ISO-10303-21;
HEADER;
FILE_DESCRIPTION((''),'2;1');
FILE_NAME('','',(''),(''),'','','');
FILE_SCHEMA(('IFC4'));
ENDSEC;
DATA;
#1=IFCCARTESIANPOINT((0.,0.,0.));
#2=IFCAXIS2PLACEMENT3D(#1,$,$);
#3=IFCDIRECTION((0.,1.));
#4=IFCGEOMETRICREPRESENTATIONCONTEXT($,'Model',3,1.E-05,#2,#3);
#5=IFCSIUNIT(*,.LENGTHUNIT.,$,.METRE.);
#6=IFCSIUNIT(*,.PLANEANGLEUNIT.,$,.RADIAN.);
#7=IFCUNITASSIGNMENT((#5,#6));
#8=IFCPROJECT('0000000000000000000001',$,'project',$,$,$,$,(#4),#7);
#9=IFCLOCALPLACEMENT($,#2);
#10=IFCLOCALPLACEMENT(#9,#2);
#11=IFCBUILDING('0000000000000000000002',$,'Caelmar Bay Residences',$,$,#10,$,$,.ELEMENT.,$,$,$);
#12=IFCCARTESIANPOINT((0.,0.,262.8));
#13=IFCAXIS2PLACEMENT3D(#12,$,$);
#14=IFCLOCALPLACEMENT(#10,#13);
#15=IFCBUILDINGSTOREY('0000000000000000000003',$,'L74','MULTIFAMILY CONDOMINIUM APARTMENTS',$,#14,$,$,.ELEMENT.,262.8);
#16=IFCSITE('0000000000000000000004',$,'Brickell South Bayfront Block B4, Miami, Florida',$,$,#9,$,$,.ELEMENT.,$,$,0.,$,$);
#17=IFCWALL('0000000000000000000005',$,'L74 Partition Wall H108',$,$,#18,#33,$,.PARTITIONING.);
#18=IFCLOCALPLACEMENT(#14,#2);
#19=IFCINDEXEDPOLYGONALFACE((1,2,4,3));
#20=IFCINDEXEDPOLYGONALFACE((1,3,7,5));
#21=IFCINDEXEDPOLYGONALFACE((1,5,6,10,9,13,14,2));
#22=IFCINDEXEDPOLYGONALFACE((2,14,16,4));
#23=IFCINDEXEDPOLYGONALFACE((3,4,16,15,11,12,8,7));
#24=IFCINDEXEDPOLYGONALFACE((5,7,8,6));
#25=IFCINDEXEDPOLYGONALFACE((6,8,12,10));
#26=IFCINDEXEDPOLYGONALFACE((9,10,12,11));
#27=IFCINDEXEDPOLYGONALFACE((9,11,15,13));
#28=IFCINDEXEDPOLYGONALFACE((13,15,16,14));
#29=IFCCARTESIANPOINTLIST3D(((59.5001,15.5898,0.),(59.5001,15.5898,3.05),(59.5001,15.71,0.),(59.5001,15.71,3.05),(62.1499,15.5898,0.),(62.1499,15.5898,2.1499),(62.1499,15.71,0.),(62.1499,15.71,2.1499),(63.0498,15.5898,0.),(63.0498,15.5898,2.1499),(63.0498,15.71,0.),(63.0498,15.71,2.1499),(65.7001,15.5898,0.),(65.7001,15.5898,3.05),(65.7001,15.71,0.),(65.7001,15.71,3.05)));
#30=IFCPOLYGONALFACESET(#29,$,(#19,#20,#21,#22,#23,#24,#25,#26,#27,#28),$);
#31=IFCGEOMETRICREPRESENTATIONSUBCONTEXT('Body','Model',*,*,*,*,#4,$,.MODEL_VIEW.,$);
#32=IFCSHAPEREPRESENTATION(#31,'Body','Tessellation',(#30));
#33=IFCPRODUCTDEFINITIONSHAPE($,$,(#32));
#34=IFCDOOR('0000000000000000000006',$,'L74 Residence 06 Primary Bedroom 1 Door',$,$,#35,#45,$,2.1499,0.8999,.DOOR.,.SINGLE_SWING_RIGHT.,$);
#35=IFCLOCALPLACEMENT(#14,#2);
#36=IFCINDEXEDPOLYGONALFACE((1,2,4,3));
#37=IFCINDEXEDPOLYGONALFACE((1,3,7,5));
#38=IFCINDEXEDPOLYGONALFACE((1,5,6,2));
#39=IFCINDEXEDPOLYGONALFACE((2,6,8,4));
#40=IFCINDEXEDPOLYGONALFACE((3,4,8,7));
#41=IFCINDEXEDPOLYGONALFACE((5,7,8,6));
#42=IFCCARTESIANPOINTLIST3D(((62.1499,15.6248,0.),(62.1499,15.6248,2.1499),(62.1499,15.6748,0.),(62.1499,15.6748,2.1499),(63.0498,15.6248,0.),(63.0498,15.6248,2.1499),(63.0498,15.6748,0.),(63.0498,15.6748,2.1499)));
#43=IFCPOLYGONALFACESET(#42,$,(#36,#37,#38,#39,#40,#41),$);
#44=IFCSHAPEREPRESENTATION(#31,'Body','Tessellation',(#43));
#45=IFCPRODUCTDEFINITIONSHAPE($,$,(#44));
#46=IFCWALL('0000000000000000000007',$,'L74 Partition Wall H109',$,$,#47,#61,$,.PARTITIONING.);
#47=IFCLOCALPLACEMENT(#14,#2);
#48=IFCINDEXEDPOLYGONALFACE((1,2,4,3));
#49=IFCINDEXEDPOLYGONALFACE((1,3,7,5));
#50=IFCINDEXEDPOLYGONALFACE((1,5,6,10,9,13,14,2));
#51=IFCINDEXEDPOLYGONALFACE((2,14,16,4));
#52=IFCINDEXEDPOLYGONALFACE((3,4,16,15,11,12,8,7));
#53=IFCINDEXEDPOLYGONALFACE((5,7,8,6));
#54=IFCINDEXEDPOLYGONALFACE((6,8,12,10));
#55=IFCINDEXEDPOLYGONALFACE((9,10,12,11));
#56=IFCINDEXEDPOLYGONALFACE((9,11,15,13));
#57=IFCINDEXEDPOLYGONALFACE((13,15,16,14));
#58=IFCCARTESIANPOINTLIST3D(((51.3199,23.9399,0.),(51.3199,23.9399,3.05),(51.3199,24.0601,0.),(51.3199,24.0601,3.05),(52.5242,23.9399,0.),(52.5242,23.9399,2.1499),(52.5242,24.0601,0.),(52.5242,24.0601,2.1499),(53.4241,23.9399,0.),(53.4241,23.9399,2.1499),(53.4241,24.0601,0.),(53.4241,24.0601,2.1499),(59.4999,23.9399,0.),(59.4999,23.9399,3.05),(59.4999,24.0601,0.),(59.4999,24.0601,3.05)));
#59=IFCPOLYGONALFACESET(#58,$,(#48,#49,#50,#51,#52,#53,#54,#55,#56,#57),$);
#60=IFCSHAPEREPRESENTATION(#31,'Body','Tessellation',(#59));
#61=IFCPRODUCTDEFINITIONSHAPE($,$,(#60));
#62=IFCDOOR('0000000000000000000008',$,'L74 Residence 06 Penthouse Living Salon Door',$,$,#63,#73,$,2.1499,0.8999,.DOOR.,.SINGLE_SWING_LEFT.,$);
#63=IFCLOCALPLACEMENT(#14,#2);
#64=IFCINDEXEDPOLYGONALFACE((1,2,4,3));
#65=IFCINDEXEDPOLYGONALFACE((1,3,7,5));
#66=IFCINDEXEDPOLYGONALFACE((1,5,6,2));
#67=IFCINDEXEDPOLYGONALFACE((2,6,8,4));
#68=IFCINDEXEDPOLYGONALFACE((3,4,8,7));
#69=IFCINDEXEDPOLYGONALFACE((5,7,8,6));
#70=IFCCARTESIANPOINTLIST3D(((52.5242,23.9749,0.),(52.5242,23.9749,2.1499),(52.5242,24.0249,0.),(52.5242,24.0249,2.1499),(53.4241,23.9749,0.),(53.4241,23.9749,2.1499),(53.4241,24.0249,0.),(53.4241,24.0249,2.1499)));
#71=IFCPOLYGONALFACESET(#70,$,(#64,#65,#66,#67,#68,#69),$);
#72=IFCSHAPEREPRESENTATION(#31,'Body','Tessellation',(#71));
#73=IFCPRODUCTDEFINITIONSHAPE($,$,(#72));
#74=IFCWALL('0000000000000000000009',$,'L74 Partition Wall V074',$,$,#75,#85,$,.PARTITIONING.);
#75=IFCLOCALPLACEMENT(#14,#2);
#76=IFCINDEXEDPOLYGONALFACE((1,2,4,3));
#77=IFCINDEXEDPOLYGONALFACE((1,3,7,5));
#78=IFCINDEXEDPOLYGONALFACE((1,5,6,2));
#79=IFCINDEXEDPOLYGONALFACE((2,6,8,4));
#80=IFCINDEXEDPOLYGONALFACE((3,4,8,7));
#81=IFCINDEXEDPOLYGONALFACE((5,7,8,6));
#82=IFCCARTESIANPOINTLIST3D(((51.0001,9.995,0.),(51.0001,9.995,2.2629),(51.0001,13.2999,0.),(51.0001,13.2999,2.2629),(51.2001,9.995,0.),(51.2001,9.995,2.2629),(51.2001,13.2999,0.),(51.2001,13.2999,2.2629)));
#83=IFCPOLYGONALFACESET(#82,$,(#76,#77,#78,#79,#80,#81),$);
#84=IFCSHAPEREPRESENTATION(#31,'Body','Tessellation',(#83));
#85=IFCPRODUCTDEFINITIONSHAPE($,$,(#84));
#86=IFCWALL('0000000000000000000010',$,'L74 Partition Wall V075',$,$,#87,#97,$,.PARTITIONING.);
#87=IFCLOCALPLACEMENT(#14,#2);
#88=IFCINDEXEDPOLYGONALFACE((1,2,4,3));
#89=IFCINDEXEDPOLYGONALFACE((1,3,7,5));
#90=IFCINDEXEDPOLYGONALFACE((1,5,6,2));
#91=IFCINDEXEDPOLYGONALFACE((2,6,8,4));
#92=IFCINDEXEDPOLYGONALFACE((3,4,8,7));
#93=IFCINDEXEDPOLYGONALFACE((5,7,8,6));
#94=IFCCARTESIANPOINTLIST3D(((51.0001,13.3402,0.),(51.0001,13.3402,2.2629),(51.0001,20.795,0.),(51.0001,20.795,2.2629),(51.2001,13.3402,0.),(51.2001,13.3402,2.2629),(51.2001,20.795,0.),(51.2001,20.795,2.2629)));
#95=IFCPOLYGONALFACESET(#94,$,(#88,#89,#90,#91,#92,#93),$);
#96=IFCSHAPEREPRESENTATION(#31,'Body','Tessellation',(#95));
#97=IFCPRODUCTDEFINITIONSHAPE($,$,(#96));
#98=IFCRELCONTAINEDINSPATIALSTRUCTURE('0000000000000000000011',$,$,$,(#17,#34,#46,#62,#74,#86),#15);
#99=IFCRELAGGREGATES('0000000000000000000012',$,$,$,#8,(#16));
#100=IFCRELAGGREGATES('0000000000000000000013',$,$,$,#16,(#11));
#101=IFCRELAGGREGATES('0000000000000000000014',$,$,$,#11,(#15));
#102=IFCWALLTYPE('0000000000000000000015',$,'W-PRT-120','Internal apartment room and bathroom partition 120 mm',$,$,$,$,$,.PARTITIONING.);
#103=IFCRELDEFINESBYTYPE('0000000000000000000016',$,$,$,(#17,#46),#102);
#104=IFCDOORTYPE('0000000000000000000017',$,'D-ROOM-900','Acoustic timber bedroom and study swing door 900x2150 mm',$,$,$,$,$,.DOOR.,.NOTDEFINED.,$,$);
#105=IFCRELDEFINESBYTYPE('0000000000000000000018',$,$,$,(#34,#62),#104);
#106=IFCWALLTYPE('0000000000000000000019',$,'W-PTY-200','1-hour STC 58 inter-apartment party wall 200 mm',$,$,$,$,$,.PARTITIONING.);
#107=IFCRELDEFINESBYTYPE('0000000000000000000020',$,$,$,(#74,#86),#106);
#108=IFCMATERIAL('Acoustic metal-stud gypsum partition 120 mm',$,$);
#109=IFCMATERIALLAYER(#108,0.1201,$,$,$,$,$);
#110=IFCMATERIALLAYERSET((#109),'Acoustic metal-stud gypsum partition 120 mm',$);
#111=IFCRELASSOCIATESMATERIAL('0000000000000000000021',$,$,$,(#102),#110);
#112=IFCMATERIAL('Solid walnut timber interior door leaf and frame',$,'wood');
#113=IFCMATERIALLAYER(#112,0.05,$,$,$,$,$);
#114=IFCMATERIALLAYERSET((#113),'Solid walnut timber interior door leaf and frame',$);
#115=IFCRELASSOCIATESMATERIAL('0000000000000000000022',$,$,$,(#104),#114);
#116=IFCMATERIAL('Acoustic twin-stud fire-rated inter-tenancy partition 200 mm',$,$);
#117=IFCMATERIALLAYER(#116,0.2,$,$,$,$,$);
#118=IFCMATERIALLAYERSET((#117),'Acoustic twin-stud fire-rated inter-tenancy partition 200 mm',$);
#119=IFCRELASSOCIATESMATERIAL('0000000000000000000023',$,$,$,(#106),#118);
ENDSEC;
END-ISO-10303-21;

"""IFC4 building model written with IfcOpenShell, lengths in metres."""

from ifc_helpers import new_model, si_unit, direction, frame, frame_2d, origin, place, context, subcontext, project, spatial, rectangle, extrude, material, layer, layer_set, type_object, element, fill, save


model = new_model("IFC4")

# Units and contexts
model_context = context("Model", 3, precision=1e-05, world=origin(), true_north=direction((0.0, 1.0)))
body_context = subcontext(model_context, "Body", "Model", "MODEL_VIEW")
ifc_project = project(units=[si_unit("LENGTHUNIT", "METRE"), si_unit("PLANEANGLEUNIT", "RADIAN")], contexts=[model_context])

# Site, building, storey
site_placement = place(None, origin())
site = spatial("IfcSite", under=ifc_project, at=site_placement, Name="Brickell South Bayfront Block B4, Miami, Florida", CompositionType="ELEMENT", RefElevation=0.0)
building_placement = place(site_placement, origin())
building = spatial("IfcBuilding", under=site, at=building_placement, Name="Caelmar Bay Residences", CompositionType="ELEMENT")
storey_placement = place(building_placement, frame((0.0, 0.0, 262.8)))
storey = spatial("IfcBuildingStorey", under=building, at=storey_placement, Name="L74", Description="MULTIFAMILY CONDOMINIUM APARTMENTS", CompositionType="ELEMENT", Elevation=262.8)

# Shared definitions
ifc_material_1 = material(Name="Acoustic metal-stud gypsum partition 120 mm")
ifc_layer_1 = layer(ifc_material_1, 0.1201)
ifc_layer_set_1 = layer_set([ifc_layer_1], Name="Acoustic metal-stud gypsum partition 120 mm")
wall_type_1 = type_object("IfcWallType", Name="W-PRT-120", Description="Internal apartment room and bathroom partition 120 mm", PredefinedType="PARTITIONING", material=ifc_layer_set_1)

# Walls, openings, doors
ifc_material_2 = material(Name="Solid walnut timber interior door leaf and frame", Category="wood")
ifc_layer_2 = layer(ifc_material_2, 0.05)
ifc_layer_set_2 = layer_set([ifc_layer_2], Name="Solid walnut timber interior door leaf and frame")
door_type = type_object("IfcDoorType", Name="D-ROOM-900", Description="Acoustic timber bedroom and study swing door 900x2150 mm", OperationType="NOTDEFINED", PredefinedType="DOOR", material=ifc_layer_set_2)
wall_1_placement = place(storey_placement, frame((59.5, 15.6499, 0.0), z_axis=(0.0, 0.0, 1.0), x_axis=(1.0, 0.0, 0.0)))
wall_1 = element("IfcWall", 1, at=wall_1_placement, inside=storey, type_object=wall_type_1, Name="L74 Partition Wall H108", PredefinedType="PARTITIONING", context=body_context, shape_type="SweptSolid", body=[
    extrude(rectangle(XDim=6.2, YDim=0.1201, at=frame_2d((3.1001, 0.0))), origin(), (0.0, 0.0, 1.0), 3.05),
])
opening_1_placement = place(wall_1_placement, frame((2.6499, 0.0, 0.0)))
opening_1 = element("IfcOpeningElement", 2, at=opening_1_placement, cuts=wall_1, PredefinedType="OPENING", context=body_context, shape_type="SweptSolid", body=[
    extrude(rectangle(XDim=0.8999, YDim=2.1499, at=frame_2d((0.45, 1.075))), frame((0.0, 0.0701, 0.0), z_axis=(0.0, -1.0, 0.0), x_axis=(1.0, 0.0, 0.0)), (0.0, 0.0, 1.0), 0.1401),
])
door_1_placement = place(opening_1_placement, origin())
door_1 = element("IfcDoor", 3, at=door_1_placement, inside=storey, type_object=door_type, Name="L74 Residence 06 Primary Bedroom 1 Door", OperationType="SINGLE_SWING_RIGHT", OverallHeight=2.1499, OverallWidth=0.8999, PredefinedType="DOOR", context=body_context, shape_type="SweptSolid", body=[
    extrude(rectangle(XDim=0.8999, YDim=2.1499, at=frame_2d((0.45, 1.075))), frame((0.0, 0.0249, 0.0), z_axis=(0.0, -1.0, 0.0), x_axis=(1.0, 0.0, 0.0)), (0.0, 0.0, 1.0), 0.05),
])
fill(opening_1, door_1)
wall_2_placement = place(storey_placement, frame((51.3201, 24.0, 0.0), z_axis=(0.0, 0.0, 1.0), x_axis=(1.0, 0.0, 0.0)))
wall_2 = element("IfcWall", 4, at=wall_2_placement, inside=storey, type_object=wall_type_1, Name="L74 Partition Wall H109", PredefinedType="PARTITIONING", context=body_context, shape_type="SweptSolid", body=[
    extrude(rectangle(XDim=8.1799, YDim=0.1201, at=frame_2d((4.0898, 0.0))), origin(), (0.0, 0.0, 1.0), 3.05),
])
opening_2_placement = place(wall_2_placement, frame((1.2041, 0.0, 0.0)))
opening_2 = element("IfcOpeningElement", 5, at=opening_2_placement, cuts=wall_2, PredefinedType="OPENING", context=body_context, shape_type="SweptSolid", body=[
    extrude(rectangle(XDim=0.8999, YDim=2.1499, at=frame_2d((0.45, 1.075))), frame((0.0, 0.0701, 0.0), z_axis=(0.0, -1.0, 0.0), x_axis=(1.0, 0.0, 0.0)), (0.0, 0.0, 1.0), 0.1401),
])
door_2_placement = place(opening_2_placement, origin())
door_2 = element("IfcDoor", 6, at=door_2_placement, inside=storey, type_object=door_type, Name="L74 Residence 06 Penthouse Living Salon Door", OperationType="SINGLE_SWING_LEFT", OverallHeight=2.1499, OverallWidth=0.8999, PredefinedType="DOOR", context=body_context, shape_type="SweptSolid", body=[
    extrude(rectangle(XDim=0.8999, YDim=2.1499, at=frame_2d((0.45, 1.075))), frame((0.0, 0.0249, 0.0), z_axis=(0.0, -1.0, 0.0), x_axis=(1.0, 0.0, 0.0)), (0.0, 0.0, 1.0), 0.05),
])
fill(opening_2, door_2)

# Walls
ifc_material_3 = material(Name="Acoustic twin-stud fire-rated inter-tenancy partition 200 mm")
ifc_layer_3 = layer(ifc_material_3, 0.2)
ifc_layer_set_3 = layer_set([ifc_layer_3], Name="Acoustic twin-stud fire-rated inter-tenancy partition 200 mm")
wall_type_2 = type_object("IfcWallType", Name="W-PTY-200", Description="1-hour STC 58 inter-apartment party wall 200 mm", PredefinedType="PARTITIONING", material=ifc_layer_set_3)
wall_3_placement = place(storey_placement, frame((51.1001, 9.9951, 0.0), z_axis=(0.0, 0.0, 1.0), x_axis=(0.0, 1.0, 0.0)))
element("IfcWall", 7, at=wall_3_placement, inside=storey, type_object=wall_type_2, Name="L74 Partition Wall V074", PredefinedType="PARTITIONING", context=body_context, shape_type="SweptSolid", body=[
    extrude(rectangle(XDim=3.3049, YDim=0.2, at=frame_2d((1.6523, 0.0))), origin(), (0.0, 0.0, 1.0), 2.2629),
])
wall_4_placement = place(storey_placement, frame((51.1001, 13.3401, 0.0), z_axis=(0.0, 0.0, 1.0), x_axis=(0.0, 1.0, 0.0)))
element("IfcWall", 8, at=wall_4_placement, inside=storey, type_object=wall_type_2, Name="L74 Partition Wall V075", PredefinedType="PARTITIONING", context=body_context, shape_type="SweptSolid", body=[
    extrude(rectangle(XDim=7.4548, YDim=0.2, at=frame_2d((3.7275, 0.0))), origin(), (0.0, 0.0, 1.0), 2.2629),
])

save(model, "model.ifc")
